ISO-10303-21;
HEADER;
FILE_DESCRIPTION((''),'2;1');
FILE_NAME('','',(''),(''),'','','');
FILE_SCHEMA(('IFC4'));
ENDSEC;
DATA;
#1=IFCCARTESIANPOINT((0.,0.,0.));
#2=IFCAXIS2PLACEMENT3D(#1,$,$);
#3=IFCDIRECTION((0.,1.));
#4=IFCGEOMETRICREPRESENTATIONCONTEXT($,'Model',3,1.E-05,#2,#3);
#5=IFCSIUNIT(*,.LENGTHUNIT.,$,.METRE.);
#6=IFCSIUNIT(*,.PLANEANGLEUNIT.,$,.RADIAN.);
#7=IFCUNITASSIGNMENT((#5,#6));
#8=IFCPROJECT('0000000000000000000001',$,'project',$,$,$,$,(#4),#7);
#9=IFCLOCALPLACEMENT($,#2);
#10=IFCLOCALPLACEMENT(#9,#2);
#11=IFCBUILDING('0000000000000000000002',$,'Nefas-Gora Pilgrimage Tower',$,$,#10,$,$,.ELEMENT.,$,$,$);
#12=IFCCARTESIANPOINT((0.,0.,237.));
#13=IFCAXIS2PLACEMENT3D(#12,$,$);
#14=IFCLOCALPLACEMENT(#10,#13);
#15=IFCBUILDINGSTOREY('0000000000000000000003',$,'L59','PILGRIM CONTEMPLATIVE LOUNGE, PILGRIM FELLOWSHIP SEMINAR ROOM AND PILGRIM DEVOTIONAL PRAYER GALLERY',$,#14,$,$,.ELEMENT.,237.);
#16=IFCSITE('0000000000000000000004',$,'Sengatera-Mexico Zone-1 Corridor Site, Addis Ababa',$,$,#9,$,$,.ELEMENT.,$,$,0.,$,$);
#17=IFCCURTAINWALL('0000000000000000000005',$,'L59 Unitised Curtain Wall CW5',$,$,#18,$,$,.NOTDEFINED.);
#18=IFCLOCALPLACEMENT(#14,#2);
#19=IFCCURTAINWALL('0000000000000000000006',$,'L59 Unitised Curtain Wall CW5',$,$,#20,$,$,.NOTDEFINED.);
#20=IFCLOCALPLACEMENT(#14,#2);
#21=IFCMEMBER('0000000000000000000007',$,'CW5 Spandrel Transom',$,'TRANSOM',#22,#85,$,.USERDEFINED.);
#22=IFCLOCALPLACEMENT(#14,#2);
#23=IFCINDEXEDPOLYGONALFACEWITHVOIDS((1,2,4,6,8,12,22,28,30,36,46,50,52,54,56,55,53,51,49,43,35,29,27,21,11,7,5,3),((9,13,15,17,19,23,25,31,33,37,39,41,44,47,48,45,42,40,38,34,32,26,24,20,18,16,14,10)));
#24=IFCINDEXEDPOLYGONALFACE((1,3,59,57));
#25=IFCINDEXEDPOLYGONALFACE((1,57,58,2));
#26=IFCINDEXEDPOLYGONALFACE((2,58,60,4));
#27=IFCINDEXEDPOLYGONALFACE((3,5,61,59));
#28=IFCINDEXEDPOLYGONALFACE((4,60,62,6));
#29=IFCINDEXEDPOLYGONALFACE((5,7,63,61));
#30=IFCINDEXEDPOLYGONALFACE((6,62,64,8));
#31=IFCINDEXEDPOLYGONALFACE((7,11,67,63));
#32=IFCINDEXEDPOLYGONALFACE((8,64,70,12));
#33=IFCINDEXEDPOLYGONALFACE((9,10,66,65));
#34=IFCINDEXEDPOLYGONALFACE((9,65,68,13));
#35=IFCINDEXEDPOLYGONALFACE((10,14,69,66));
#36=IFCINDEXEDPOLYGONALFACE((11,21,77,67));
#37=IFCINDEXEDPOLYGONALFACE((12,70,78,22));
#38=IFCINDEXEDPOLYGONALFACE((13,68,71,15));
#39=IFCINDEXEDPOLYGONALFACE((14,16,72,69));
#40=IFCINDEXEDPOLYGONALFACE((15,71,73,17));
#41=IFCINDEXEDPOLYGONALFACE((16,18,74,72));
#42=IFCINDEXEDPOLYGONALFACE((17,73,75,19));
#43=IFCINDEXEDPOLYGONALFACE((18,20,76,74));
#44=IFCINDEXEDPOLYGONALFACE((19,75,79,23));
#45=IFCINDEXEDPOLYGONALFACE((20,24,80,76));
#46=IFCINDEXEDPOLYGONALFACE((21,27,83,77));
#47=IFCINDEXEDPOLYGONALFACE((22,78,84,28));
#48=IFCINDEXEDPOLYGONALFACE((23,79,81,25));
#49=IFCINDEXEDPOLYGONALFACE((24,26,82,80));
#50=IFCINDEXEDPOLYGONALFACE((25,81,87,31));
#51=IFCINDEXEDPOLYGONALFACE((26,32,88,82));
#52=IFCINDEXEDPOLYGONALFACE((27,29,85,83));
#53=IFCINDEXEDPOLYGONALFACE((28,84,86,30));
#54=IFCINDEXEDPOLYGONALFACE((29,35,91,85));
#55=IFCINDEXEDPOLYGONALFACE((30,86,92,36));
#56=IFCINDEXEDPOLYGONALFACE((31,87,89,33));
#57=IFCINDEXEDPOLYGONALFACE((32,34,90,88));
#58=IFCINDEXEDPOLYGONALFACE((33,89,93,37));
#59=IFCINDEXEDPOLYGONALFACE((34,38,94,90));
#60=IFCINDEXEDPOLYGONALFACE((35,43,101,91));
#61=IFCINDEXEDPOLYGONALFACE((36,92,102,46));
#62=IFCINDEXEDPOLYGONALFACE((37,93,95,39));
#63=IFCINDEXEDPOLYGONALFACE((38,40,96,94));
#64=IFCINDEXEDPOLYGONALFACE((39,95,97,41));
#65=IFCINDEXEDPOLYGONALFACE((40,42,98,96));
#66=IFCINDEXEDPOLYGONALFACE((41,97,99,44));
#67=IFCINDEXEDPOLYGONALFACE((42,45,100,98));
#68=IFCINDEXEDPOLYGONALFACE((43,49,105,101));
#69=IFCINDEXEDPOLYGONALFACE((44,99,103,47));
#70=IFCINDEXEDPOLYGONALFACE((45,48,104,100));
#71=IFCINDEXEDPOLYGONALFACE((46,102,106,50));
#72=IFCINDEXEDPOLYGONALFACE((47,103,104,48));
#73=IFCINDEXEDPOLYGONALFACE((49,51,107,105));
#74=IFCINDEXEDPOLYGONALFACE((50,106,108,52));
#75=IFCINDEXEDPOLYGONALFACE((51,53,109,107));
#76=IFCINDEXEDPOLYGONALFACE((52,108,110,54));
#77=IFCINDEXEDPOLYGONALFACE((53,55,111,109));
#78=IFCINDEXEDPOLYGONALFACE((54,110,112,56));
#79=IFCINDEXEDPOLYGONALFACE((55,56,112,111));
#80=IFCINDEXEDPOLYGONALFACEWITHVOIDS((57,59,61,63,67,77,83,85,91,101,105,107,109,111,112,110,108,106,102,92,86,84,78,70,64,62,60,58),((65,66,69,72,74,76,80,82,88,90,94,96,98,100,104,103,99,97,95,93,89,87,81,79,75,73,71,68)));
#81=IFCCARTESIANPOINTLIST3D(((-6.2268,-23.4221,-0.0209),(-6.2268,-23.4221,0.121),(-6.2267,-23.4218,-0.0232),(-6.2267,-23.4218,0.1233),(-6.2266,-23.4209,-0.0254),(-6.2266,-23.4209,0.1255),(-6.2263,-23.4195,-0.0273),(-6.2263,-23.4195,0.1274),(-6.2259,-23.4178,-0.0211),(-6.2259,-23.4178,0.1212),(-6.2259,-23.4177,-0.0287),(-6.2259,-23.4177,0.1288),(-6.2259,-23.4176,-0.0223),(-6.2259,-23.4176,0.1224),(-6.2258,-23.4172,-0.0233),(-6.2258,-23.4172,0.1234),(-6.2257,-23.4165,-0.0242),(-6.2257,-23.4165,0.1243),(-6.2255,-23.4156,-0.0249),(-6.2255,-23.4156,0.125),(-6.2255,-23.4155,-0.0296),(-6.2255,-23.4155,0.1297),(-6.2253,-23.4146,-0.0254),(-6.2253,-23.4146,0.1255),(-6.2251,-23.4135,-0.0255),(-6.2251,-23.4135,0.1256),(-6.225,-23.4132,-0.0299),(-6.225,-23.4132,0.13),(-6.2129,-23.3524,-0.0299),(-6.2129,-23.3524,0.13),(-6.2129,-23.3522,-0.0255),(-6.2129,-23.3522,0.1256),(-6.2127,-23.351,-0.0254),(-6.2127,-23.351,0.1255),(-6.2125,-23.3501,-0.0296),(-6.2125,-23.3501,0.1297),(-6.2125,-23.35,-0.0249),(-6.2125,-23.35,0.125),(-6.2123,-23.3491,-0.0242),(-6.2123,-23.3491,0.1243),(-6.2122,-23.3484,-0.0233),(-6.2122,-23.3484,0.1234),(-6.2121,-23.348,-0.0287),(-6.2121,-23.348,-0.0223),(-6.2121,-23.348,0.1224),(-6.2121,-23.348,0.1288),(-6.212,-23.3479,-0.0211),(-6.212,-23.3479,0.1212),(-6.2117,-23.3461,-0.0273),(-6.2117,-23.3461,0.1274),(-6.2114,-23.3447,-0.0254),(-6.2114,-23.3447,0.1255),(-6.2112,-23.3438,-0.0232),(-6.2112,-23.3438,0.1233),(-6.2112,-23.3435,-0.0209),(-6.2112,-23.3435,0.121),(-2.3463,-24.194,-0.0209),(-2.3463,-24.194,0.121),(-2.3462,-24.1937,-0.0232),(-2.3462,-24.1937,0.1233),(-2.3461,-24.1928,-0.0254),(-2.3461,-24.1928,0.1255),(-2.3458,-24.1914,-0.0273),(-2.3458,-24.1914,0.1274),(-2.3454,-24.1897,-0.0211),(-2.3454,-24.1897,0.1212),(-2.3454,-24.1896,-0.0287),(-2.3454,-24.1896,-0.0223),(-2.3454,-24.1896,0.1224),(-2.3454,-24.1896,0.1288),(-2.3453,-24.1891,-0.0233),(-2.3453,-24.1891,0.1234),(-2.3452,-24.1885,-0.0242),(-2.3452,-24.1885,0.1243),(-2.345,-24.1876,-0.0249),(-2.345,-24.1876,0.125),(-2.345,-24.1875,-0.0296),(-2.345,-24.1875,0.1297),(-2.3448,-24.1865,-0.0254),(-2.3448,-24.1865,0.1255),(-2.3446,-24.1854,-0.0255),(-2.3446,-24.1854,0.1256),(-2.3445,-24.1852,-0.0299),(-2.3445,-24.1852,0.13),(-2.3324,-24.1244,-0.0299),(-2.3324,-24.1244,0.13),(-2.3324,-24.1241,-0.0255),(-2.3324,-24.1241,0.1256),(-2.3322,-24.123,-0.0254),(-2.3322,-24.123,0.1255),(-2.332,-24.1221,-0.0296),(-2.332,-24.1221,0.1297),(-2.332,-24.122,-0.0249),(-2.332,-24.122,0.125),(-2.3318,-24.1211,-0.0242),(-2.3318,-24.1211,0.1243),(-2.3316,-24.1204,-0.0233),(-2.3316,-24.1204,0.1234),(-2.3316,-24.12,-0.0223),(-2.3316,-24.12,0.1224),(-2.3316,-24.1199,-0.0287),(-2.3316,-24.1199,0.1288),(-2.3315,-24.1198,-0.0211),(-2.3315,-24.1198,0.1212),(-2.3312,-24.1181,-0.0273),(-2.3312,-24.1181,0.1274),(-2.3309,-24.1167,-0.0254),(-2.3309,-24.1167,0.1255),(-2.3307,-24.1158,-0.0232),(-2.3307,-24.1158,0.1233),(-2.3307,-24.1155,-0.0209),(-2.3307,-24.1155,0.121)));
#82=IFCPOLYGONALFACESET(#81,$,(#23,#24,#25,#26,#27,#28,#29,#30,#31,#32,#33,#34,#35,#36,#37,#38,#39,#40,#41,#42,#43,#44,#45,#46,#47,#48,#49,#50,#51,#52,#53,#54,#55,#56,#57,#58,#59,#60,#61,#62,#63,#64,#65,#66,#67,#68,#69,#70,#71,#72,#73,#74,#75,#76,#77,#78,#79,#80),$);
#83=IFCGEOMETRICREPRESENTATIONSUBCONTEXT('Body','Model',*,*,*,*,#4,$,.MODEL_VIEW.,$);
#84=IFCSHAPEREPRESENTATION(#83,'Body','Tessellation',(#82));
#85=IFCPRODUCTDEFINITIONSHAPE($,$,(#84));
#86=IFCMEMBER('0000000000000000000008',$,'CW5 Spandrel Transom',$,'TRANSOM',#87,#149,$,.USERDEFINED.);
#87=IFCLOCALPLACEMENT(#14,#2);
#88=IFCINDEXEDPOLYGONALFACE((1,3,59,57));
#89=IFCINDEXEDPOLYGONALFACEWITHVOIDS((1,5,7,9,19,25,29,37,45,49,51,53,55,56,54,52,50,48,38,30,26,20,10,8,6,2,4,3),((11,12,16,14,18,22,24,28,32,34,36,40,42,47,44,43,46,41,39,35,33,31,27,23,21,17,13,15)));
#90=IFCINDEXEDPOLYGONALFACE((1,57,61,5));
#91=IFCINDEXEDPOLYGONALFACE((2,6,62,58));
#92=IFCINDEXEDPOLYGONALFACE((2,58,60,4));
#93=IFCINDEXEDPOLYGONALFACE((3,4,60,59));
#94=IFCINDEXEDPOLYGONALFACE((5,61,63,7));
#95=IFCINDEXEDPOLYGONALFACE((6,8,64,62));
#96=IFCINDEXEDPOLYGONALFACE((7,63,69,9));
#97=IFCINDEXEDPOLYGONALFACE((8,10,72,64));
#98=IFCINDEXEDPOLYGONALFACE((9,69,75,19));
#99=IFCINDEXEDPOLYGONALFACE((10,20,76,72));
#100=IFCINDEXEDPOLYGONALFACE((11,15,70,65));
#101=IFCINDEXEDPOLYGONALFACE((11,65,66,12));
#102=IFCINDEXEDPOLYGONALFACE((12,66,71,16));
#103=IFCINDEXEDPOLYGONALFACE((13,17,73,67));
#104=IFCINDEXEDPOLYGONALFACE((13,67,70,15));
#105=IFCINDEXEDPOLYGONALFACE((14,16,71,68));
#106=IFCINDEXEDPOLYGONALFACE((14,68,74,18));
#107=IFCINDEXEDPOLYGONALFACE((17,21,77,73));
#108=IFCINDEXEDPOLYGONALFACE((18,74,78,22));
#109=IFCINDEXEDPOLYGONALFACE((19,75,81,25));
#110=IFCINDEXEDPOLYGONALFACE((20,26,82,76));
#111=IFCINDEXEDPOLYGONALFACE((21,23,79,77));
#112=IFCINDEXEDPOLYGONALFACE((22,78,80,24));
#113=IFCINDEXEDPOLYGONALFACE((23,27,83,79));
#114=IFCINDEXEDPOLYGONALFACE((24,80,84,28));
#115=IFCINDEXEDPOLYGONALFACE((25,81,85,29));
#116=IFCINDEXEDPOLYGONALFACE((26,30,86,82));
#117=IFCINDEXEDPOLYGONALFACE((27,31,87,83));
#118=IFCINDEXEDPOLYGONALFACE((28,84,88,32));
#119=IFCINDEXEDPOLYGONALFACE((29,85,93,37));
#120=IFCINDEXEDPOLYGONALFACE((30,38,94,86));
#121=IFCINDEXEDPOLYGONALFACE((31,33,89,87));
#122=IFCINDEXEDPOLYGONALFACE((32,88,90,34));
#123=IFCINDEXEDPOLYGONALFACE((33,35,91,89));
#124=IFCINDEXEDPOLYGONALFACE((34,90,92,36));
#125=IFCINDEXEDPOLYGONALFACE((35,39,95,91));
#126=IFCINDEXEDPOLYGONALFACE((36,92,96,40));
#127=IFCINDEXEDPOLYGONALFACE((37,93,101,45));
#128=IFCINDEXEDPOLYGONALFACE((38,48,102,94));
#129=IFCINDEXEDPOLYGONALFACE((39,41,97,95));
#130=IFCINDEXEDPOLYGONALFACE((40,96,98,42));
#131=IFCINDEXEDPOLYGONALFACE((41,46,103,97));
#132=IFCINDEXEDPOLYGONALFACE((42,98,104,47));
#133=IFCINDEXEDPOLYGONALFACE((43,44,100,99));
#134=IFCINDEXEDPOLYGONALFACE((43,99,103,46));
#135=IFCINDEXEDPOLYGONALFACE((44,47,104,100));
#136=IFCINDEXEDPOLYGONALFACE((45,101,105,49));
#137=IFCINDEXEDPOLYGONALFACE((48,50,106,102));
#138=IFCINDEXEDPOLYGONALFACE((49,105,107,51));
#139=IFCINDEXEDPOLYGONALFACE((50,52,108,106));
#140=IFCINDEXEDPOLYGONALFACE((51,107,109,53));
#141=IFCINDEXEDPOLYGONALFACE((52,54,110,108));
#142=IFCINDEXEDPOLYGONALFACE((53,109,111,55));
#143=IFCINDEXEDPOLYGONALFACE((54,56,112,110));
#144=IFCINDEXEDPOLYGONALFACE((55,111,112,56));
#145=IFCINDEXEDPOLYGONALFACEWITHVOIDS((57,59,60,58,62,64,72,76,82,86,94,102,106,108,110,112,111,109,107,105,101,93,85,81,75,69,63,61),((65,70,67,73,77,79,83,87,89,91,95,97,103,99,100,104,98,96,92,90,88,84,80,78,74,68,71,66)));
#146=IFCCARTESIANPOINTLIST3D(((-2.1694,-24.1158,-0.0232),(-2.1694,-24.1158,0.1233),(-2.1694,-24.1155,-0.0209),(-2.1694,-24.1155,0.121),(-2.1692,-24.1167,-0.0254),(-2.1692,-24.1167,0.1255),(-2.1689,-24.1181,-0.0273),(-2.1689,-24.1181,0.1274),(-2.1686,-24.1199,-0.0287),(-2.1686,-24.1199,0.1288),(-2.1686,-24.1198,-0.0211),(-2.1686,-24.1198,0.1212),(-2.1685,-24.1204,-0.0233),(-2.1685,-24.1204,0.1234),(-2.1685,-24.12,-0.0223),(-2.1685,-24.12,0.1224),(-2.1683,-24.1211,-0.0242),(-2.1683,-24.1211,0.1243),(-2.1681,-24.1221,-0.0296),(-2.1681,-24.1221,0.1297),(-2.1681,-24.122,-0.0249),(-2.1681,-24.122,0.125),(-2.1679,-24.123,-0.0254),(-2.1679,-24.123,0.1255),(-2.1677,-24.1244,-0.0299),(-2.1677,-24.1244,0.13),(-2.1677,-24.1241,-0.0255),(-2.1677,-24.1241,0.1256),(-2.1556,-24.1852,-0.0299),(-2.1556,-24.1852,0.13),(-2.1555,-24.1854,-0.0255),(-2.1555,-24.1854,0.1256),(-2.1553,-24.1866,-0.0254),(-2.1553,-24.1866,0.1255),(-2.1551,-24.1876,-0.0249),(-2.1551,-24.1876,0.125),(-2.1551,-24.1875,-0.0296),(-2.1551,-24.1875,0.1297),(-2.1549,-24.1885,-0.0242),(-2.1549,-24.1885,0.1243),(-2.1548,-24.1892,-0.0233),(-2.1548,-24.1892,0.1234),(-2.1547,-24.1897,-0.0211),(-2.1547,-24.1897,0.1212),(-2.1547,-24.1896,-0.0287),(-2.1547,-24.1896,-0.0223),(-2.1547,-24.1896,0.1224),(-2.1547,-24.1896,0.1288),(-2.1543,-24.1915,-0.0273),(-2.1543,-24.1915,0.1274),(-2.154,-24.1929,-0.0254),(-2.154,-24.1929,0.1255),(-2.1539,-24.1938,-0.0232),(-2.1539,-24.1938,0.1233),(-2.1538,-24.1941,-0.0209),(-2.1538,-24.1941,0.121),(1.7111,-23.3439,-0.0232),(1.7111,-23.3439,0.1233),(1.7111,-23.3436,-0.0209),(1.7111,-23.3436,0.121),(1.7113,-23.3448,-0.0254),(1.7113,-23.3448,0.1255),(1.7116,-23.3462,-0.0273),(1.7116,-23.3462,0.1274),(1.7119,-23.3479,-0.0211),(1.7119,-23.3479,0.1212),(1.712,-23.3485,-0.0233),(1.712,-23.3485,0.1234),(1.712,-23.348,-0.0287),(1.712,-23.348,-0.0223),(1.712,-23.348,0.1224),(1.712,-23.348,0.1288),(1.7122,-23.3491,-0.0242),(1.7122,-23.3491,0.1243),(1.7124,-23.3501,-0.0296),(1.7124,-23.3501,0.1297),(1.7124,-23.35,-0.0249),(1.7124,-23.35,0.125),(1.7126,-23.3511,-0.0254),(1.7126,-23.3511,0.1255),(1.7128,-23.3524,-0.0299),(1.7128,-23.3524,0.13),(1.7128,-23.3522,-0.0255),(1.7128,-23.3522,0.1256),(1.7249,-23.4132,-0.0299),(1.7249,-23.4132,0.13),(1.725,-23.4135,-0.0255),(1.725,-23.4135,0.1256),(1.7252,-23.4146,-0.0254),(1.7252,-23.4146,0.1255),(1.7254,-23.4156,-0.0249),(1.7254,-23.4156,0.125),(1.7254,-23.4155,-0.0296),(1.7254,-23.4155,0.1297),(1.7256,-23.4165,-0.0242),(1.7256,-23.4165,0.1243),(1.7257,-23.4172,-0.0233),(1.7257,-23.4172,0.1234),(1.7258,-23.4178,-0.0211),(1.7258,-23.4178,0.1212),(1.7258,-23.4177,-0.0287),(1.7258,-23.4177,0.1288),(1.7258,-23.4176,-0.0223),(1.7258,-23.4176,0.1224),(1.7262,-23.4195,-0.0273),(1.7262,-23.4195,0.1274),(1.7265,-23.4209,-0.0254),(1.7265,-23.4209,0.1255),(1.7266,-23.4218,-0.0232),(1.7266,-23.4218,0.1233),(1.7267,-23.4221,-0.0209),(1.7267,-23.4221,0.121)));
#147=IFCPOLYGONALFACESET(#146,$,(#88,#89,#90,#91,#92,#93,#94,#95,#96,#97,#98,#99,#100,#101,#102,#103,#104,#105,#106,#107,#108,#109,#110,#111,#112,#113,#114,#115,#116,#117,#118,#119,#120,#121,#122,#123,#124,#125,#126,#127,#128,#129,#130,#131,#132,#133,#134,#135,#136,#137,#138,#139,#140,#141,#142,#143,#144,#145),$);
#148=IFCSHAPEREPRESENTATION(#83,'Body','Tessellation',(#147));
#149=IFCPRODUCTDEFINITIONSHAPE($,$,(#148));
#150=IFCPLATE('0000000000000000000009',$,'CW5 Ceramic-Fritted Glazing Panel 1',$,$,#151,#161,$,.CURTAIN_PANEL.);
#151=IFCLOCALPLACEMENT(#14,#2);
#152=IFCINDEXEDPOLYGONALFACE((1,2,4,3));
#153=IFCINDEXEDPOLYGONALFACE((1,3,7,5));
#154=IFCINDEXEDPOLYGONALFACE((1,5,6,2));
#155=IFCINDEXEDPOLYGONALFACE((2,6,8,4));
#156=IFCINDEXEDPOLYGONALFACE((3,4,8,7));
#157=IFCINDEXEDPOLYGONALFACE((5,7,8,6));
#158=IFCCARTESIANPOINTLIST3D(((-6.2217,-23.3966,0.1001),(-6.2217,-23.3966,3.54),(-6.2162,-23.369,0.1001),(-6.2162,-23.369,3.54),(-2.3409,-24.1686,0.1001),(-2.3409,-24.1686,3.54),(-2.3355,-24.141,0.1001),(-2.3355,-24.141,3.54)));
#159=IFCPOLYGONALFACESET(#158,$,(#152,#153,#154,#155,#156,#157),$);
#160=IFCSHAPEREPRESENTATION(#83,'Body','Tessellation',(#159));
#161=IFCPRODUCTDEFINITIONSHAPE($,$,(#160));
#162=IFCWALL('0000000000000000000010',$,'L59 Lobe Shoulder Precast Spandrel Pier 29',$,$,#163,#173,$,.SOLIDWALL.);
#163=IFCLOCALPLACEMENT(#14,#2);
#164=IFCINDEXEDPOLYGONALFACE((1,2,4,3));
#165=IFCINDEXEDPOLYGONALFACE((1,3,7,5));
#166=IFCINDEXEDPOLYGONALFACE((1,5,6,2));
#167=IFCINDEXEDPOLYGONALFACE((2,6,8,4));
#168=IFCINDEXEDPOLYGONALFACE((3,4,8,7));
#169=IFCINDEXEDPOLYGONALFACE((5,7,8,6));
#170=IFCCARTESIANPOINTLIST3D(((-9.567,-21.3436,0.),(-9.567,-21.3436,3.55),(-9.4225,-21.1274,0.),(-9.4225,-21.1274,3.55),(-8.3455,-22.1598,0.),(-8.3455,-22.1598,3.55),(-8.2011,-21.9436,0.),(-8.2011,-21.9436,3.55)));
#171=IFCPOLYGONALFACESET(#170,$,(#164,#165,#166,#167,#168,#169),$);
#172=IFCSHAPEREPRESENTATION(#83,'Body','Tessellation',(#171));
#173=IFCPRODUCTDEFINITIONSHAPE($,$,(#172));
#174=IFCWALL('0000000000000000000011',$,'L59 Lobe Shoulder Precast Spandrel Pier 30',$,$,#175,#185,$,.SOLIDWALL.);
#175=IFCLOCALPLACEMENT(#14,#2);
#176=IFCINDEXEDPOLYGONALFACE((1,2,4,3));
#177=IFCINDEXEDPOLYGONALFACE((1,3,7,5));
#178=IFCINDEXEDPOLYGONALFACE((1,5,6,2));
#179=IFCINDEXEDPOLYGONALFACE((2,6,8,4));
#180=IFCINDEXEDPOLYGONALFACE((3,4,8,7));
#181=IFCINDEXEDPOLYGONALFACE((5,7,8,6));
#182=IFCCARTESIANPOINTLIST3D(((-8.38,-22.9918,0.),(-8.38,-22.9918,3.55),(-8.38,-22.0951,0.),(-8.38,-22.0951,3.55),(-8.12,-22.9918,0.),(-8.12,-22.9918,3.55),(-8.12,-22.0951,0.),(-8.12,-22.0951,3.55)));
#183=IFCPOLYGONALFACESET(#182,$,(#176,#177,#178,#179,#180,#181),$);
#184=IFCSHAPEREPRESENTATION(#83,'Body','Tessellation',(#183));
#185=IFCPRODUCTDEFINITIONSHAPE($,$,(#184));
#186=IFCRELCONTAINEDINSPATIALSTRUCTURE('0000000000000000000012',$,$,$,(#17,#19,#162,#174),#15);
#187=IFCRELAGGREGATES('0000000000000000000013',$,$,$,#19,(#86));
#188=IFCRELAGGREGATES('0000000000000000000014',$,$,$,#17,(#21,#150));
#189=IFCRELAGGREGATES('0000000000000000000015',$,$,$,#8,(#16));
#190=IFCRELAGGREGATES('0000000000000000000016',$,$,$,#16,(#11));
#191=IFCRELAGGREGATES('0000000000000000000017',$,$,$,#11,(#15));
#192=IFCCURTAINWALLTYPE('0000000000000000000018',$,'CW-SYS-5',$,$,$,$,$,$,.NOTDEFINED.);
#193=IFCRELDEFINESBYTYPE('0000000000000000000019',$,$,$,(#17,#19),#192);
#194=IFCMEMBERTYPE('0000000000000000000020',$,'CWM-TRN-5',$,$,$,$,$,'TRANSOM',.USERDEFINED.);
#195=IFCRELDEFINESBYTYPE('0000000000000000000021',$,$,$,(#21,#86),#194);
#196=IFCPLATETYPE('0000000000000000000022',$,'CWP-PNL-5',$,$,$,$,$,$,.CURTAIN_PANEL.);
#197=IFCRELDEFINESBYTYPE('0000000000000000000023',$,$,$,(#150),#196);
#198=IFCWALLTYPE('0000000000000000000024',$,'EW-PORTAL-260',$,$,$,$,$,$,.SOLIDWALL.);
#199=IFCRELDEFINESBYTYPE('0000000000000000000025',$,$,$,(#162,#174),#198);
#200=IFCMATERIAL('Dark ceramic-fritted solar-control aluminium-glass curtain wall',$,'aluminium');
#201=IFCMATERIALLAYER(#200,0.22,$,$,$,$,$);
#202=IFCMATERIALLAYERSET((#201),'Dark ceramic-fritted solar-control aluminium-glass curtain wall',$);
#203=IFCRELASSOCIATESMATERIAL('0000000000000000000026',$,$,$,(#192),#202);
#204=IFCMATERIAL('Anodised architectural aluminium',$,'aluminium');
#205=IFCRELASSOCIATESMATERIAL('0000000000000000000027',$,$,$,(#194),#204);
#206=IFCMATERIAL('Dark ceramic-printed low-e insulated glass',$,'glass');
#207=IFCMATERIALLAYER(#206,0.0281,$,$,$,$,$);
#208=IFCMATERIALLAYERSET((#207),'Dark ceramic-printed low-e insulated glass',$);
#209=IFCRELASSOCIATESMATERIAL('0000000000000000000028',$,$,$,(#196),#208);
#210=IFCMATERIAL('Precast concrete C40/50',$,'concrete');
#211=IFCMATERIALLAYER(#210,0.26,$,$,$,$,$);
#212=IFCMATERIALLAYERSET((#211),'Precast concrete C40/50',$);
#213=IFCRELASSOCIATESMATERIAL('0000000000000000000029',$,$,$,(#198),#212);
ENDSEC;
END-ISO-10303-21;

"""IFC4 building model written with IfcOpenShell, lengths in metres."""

from ifc_helpers import new_model, si_unit, direction, frame, frame_2d, origin, origin_2d, place, context, subcontext, project, spatial, rectangle, hollow_rectangle, extrude, source, transform, mapped, material, layer, layer_set, material_profile, profile_set, type_object, element, aggregate, save


model = new_model("IFC4")

# Units and contexts
model_context = context("Model", 3, precision=1e-05, world=origin(), true_north=direction((0.0, 1.0)))
body_context = subcontext(model_context, "Body", "Model", "MODEL_VIEW")
ifc_project = project(units=[si_unit("LENGTHUNIT", "METRE"), si_unit("PLANEANGLEUNIT", "RADIAN")], contexts=[model_context])

# Site, building, storey
site_placement = place(None, origin())
site = spatial("IfcSite", under=ifc_project, at=site_placement, Name="Sengatera-Mexico Zone-1 Corridor Site, Addis Ababa", CompositionType="ELEMENT", RefElevation=0.0)
building_placement = place(site_placement, origin())
building = spatial("IfcBuilding", under=site, at=building_placement, Name="Nefas-Gora Pilgrimage Tower", CompositionType="ELEMENT")
storey_placement = place(building_placement, frame((0.0, 0.0, 237.0)))
storey = spatial("IfcBuildingStorey", under=building, at=storey_placement, Name="L59", Description="PILGRIM CONTEMPLATIVE LOUNGE, PILGRIM FELLOWSHIP SEMINAR ROOM AND PILGRIM DEVOTIONAL PRAYER GALLERY", CompositionType="ELEMENT", Elevation=237.0)

# Shared definitions
ifc_material_1 = material(Name="Dark ceramic-fritted solar-control aluminium-glass curtain wall", Category="aluminium")
ifc_layer_1 = layer(ifc_material_1, 0.22)
ifc_layer_set_1 = layer_set([ifc_layer_1], Name="Dark ceramic-fritted solar-control aluminium-glass curtain wall")
curtain_wall_type = type_object("IfcCurtainWallType", Name="CW-SYS-5", PredefinedType="NOTDEFINED", material=ifc_layer_set_1)
ifc_material_2 = material(Name="Anodised architectural aluminium", Category="aluminium")

# Curtain wall
curtain_wall_1_placement = place(storey_placement, origin())
curtain_wall_1 = element("IfcCurtainWall", 1, at=curtain_wall_1_placement, inside=storey, type_object=curtain_wall_type, Name="L59 Unitised Curtain Wall CW5", PredefinedType="NOTDEFINED")

# Curtain wall
curtain_wall_2_placement = place(storey_placement, origin())
curtain_wall_2 = element("IfcCurtainWall", 2, at=curtain_wall_2_placement, inside=storey, type_object=curtain_wall_type, Name="L59 Unitised Curtain Wall CW5", PredefinedType="NOTDEFINED")

# Members
ifc_material_profile_1 = material_profile(ifc_material_2, hollow_rectangle(XDim=0.0801, YDim=0.1599, WallThickness=0.0044, InnerFilletRadius=0.0044, OuterFilletRadius=0.009, at=origin_2d()), Name="ALU TRANSOM 80x160")
ifc_profile_set_1 = profile_set([ifc_material_profile_1], Name="Anodised architectural aluminium")
member_type_1 = type_object("IfcMemberType", Name="CWM-TRN-5", ElementType="TRANSOM", PredefinedType="USERDEFINED", material=ifc_profile_set_1)
shared_shape_1 = source(origin(), body_context, "Body", "SweptSolid", [
    extrude(hollow_rectangle(XDim=0.0801, YDim=0.1599, WallThickness=0.0044, InnerFilletRadius=0.0044, OuterFilletRadius=0.009, at=origin_2d()), origin(), (0.0, 0.0, 1.0), 3.9565),
])
member_1_placement = place(storey_placement, frame((-6.219, -23.3828, 0.05), z_axis=(0.980782, -0.195107, 0.0), x_axis=(0.195107, 0.980782, 0.0)))
member_1 = element("IfcMember", 3, at=member_1_placement, type_object=member_type_1, Name="CW5 Spandrel Transom", ObjectType="TRANSOM", PredefinedType="USERDEFINED", context=body_context, shape_type="MappedRepresentation", body=[
    mapped(shared_shape_1, transform((0.0, 0.0, 0.0), x_axis=(1.0, 0.0, 0.0), y_axis=(0.0, 1.0, 0.0), z_axis=(0.0, 0.0, 1.0), scale=1.0)),
])
member_2_placement = place(storey_placement, frame((-2.1616, -24.1548, 0.05), z_axis=(0.980782, 0.195107, 0.0), x_axis=(-0.195107, 0.980782, 0.0)))
member_2 = element("IfcMember", 4, at=member_2_placement, type_object=member_type_1, Name="CW5 Spandrel Transom", ObjectType="TRANSOM", PredefinedType="USERDEFINED", context=body_context, shape_type="MappedRepresentation", body=[
    mapped(shared_shape_1, transform((0.0, 0.0, 0.0), x_axis=(1.0, 0.0, 0.0), y_axis=(0.0, 1.0, 0.0), z_axis=(0.0, 0.0, 1.0), scale=1.0)),
])
aggregate(curtain_wall_2, [member_2])

# Plate
ifc_material_3 = material(Name="Dark ceramic-printed low-e insulated glass", Category="glass")
ifc_layer_2 = layer(ifc_material_3, 0.0281)
ifc_layer_set_2 = layer_set([ifc_layer_2], Name="Dark ceramic-printed low-e insulated glass")
plate_type = type_object("IfcPlateType", Name="CWP-PNL-5", PredefinedType="CURTAIN_PANEL", material=ifc_layer_set_2)
shared_shape_2 = source(origin(), body_context, "Body", "SweptSolid", [
    extrude(rectangle(XDim=3.9568, YDim=0.0281, at=origin_2d()), origin(), (0.0, 0.0, 1.0), 3.4399),
])
plate_placement = place(storey_placement, frame((-4.2786, -23.7688, 0.1001), z_axis=(0.0, 0.0, 1.0), x_axis=(0.980783, -0.195102, 0.0)))
plate = element("IfcPlate", 5, at=plate_placement, type_object=plate_type, Name="CW5 Ceramic-Fritted Glazing Panel 1", PredefinedType="CURTAIN_PANEL", context=body_context, shape_type="MappedRepresentation", body=[
    mapped(shared_shape_2, transform((0.0, 0.0, 0.0), x_axis=(1.0, 0.0, 0.0), y_axis=(0.0, 1.0, 0.0), z_axis=(0.0, 0.0, 1.0), scale=1.0)),
])
aggregate(curtain_wall_1, [member_1, plate])

# Walls
ifc_material_4 = material(Name="Precast concrete C40/50", Category="concrete")
ifc_layer_3 = layer(ifc_material_4, 0.26)
ifc_layer_set_3 = layer_set([ifc_layer_3], Name="Precast concrete C40/50")
wall_type_1 = type_object("IfcWallType", Name="EW-PORTAL-260", PredefinedType="SOLIDWALL", material=ifc_layer_set_3)
shared_shape_3 = source(origin(), body_context, "Body", "SweptSolid", [
    extrude(rectangle(XDim=1.469, YDim=0.26, at=frame_2d((0.7344, 0.0))), origin(), (0.0, 0.0, 1.0), 3.55),
])
wall_1_placement = place(storey_placement, frame((-9.4946, -21.2356, 0.0), z_axis=(0.0, 0.0, 1.0), x_axis=(0.831462, -0.555582, 0.0)))
element("IfcWall", 6, at=wall_1_placement, inside=storey, type_object=wall_type_1, Name="L59 Lobe Shoulder Precast Spandrel Pier 29", PredefinedType="SOLIDWALL", context=body_context, shape_type="MappedRepresentation", body=[
    mapped(shared_shape_3, transform((0.0, 0.0, 0.0), x_axis=(1.0, 0.0, 0.0), y_axis=(0.0, 1.0, 0.0), z_axis=(0.0, 0.0, 1.0), scale=1.0)),
])
shared_shape_4 = source(origin(), body_context, "Body", "SweptSolid", [
    extrude(rectangle(XDim=0.8967, YDim=0.26, at=frame_2d((0.4482, 0.0))), origin(), (0.0, 0.0, 1.0), 3.55),
])
wall_2_placement = place(storey_placement, frame((-8.25, -22.0952, 0.0), z_axis=(0.0, 0.0, 1.0), x_axis=(0.0, -1.0, 0.0)))
element("IfcWall", 7, at=wall_2_placement, inside=storey, type_object=wall_type_1, Name="L59 Lobe Shoulder Precast Spandrel Pier 30", PredefinedType="SOLIDWALL", context=body_context, shape_type="MappedRepresentation", body=[
    mapped(shared_shape_4, transform((0.0, 0.0, 0.0), x_axis=(1.0, 0.0, 0.0), y_axis=(0.0, 1.0, 0.0), z_axis=(0.0, 0.0, 1.0), scale=1.0)),
])

save(model, "model.ifc")
